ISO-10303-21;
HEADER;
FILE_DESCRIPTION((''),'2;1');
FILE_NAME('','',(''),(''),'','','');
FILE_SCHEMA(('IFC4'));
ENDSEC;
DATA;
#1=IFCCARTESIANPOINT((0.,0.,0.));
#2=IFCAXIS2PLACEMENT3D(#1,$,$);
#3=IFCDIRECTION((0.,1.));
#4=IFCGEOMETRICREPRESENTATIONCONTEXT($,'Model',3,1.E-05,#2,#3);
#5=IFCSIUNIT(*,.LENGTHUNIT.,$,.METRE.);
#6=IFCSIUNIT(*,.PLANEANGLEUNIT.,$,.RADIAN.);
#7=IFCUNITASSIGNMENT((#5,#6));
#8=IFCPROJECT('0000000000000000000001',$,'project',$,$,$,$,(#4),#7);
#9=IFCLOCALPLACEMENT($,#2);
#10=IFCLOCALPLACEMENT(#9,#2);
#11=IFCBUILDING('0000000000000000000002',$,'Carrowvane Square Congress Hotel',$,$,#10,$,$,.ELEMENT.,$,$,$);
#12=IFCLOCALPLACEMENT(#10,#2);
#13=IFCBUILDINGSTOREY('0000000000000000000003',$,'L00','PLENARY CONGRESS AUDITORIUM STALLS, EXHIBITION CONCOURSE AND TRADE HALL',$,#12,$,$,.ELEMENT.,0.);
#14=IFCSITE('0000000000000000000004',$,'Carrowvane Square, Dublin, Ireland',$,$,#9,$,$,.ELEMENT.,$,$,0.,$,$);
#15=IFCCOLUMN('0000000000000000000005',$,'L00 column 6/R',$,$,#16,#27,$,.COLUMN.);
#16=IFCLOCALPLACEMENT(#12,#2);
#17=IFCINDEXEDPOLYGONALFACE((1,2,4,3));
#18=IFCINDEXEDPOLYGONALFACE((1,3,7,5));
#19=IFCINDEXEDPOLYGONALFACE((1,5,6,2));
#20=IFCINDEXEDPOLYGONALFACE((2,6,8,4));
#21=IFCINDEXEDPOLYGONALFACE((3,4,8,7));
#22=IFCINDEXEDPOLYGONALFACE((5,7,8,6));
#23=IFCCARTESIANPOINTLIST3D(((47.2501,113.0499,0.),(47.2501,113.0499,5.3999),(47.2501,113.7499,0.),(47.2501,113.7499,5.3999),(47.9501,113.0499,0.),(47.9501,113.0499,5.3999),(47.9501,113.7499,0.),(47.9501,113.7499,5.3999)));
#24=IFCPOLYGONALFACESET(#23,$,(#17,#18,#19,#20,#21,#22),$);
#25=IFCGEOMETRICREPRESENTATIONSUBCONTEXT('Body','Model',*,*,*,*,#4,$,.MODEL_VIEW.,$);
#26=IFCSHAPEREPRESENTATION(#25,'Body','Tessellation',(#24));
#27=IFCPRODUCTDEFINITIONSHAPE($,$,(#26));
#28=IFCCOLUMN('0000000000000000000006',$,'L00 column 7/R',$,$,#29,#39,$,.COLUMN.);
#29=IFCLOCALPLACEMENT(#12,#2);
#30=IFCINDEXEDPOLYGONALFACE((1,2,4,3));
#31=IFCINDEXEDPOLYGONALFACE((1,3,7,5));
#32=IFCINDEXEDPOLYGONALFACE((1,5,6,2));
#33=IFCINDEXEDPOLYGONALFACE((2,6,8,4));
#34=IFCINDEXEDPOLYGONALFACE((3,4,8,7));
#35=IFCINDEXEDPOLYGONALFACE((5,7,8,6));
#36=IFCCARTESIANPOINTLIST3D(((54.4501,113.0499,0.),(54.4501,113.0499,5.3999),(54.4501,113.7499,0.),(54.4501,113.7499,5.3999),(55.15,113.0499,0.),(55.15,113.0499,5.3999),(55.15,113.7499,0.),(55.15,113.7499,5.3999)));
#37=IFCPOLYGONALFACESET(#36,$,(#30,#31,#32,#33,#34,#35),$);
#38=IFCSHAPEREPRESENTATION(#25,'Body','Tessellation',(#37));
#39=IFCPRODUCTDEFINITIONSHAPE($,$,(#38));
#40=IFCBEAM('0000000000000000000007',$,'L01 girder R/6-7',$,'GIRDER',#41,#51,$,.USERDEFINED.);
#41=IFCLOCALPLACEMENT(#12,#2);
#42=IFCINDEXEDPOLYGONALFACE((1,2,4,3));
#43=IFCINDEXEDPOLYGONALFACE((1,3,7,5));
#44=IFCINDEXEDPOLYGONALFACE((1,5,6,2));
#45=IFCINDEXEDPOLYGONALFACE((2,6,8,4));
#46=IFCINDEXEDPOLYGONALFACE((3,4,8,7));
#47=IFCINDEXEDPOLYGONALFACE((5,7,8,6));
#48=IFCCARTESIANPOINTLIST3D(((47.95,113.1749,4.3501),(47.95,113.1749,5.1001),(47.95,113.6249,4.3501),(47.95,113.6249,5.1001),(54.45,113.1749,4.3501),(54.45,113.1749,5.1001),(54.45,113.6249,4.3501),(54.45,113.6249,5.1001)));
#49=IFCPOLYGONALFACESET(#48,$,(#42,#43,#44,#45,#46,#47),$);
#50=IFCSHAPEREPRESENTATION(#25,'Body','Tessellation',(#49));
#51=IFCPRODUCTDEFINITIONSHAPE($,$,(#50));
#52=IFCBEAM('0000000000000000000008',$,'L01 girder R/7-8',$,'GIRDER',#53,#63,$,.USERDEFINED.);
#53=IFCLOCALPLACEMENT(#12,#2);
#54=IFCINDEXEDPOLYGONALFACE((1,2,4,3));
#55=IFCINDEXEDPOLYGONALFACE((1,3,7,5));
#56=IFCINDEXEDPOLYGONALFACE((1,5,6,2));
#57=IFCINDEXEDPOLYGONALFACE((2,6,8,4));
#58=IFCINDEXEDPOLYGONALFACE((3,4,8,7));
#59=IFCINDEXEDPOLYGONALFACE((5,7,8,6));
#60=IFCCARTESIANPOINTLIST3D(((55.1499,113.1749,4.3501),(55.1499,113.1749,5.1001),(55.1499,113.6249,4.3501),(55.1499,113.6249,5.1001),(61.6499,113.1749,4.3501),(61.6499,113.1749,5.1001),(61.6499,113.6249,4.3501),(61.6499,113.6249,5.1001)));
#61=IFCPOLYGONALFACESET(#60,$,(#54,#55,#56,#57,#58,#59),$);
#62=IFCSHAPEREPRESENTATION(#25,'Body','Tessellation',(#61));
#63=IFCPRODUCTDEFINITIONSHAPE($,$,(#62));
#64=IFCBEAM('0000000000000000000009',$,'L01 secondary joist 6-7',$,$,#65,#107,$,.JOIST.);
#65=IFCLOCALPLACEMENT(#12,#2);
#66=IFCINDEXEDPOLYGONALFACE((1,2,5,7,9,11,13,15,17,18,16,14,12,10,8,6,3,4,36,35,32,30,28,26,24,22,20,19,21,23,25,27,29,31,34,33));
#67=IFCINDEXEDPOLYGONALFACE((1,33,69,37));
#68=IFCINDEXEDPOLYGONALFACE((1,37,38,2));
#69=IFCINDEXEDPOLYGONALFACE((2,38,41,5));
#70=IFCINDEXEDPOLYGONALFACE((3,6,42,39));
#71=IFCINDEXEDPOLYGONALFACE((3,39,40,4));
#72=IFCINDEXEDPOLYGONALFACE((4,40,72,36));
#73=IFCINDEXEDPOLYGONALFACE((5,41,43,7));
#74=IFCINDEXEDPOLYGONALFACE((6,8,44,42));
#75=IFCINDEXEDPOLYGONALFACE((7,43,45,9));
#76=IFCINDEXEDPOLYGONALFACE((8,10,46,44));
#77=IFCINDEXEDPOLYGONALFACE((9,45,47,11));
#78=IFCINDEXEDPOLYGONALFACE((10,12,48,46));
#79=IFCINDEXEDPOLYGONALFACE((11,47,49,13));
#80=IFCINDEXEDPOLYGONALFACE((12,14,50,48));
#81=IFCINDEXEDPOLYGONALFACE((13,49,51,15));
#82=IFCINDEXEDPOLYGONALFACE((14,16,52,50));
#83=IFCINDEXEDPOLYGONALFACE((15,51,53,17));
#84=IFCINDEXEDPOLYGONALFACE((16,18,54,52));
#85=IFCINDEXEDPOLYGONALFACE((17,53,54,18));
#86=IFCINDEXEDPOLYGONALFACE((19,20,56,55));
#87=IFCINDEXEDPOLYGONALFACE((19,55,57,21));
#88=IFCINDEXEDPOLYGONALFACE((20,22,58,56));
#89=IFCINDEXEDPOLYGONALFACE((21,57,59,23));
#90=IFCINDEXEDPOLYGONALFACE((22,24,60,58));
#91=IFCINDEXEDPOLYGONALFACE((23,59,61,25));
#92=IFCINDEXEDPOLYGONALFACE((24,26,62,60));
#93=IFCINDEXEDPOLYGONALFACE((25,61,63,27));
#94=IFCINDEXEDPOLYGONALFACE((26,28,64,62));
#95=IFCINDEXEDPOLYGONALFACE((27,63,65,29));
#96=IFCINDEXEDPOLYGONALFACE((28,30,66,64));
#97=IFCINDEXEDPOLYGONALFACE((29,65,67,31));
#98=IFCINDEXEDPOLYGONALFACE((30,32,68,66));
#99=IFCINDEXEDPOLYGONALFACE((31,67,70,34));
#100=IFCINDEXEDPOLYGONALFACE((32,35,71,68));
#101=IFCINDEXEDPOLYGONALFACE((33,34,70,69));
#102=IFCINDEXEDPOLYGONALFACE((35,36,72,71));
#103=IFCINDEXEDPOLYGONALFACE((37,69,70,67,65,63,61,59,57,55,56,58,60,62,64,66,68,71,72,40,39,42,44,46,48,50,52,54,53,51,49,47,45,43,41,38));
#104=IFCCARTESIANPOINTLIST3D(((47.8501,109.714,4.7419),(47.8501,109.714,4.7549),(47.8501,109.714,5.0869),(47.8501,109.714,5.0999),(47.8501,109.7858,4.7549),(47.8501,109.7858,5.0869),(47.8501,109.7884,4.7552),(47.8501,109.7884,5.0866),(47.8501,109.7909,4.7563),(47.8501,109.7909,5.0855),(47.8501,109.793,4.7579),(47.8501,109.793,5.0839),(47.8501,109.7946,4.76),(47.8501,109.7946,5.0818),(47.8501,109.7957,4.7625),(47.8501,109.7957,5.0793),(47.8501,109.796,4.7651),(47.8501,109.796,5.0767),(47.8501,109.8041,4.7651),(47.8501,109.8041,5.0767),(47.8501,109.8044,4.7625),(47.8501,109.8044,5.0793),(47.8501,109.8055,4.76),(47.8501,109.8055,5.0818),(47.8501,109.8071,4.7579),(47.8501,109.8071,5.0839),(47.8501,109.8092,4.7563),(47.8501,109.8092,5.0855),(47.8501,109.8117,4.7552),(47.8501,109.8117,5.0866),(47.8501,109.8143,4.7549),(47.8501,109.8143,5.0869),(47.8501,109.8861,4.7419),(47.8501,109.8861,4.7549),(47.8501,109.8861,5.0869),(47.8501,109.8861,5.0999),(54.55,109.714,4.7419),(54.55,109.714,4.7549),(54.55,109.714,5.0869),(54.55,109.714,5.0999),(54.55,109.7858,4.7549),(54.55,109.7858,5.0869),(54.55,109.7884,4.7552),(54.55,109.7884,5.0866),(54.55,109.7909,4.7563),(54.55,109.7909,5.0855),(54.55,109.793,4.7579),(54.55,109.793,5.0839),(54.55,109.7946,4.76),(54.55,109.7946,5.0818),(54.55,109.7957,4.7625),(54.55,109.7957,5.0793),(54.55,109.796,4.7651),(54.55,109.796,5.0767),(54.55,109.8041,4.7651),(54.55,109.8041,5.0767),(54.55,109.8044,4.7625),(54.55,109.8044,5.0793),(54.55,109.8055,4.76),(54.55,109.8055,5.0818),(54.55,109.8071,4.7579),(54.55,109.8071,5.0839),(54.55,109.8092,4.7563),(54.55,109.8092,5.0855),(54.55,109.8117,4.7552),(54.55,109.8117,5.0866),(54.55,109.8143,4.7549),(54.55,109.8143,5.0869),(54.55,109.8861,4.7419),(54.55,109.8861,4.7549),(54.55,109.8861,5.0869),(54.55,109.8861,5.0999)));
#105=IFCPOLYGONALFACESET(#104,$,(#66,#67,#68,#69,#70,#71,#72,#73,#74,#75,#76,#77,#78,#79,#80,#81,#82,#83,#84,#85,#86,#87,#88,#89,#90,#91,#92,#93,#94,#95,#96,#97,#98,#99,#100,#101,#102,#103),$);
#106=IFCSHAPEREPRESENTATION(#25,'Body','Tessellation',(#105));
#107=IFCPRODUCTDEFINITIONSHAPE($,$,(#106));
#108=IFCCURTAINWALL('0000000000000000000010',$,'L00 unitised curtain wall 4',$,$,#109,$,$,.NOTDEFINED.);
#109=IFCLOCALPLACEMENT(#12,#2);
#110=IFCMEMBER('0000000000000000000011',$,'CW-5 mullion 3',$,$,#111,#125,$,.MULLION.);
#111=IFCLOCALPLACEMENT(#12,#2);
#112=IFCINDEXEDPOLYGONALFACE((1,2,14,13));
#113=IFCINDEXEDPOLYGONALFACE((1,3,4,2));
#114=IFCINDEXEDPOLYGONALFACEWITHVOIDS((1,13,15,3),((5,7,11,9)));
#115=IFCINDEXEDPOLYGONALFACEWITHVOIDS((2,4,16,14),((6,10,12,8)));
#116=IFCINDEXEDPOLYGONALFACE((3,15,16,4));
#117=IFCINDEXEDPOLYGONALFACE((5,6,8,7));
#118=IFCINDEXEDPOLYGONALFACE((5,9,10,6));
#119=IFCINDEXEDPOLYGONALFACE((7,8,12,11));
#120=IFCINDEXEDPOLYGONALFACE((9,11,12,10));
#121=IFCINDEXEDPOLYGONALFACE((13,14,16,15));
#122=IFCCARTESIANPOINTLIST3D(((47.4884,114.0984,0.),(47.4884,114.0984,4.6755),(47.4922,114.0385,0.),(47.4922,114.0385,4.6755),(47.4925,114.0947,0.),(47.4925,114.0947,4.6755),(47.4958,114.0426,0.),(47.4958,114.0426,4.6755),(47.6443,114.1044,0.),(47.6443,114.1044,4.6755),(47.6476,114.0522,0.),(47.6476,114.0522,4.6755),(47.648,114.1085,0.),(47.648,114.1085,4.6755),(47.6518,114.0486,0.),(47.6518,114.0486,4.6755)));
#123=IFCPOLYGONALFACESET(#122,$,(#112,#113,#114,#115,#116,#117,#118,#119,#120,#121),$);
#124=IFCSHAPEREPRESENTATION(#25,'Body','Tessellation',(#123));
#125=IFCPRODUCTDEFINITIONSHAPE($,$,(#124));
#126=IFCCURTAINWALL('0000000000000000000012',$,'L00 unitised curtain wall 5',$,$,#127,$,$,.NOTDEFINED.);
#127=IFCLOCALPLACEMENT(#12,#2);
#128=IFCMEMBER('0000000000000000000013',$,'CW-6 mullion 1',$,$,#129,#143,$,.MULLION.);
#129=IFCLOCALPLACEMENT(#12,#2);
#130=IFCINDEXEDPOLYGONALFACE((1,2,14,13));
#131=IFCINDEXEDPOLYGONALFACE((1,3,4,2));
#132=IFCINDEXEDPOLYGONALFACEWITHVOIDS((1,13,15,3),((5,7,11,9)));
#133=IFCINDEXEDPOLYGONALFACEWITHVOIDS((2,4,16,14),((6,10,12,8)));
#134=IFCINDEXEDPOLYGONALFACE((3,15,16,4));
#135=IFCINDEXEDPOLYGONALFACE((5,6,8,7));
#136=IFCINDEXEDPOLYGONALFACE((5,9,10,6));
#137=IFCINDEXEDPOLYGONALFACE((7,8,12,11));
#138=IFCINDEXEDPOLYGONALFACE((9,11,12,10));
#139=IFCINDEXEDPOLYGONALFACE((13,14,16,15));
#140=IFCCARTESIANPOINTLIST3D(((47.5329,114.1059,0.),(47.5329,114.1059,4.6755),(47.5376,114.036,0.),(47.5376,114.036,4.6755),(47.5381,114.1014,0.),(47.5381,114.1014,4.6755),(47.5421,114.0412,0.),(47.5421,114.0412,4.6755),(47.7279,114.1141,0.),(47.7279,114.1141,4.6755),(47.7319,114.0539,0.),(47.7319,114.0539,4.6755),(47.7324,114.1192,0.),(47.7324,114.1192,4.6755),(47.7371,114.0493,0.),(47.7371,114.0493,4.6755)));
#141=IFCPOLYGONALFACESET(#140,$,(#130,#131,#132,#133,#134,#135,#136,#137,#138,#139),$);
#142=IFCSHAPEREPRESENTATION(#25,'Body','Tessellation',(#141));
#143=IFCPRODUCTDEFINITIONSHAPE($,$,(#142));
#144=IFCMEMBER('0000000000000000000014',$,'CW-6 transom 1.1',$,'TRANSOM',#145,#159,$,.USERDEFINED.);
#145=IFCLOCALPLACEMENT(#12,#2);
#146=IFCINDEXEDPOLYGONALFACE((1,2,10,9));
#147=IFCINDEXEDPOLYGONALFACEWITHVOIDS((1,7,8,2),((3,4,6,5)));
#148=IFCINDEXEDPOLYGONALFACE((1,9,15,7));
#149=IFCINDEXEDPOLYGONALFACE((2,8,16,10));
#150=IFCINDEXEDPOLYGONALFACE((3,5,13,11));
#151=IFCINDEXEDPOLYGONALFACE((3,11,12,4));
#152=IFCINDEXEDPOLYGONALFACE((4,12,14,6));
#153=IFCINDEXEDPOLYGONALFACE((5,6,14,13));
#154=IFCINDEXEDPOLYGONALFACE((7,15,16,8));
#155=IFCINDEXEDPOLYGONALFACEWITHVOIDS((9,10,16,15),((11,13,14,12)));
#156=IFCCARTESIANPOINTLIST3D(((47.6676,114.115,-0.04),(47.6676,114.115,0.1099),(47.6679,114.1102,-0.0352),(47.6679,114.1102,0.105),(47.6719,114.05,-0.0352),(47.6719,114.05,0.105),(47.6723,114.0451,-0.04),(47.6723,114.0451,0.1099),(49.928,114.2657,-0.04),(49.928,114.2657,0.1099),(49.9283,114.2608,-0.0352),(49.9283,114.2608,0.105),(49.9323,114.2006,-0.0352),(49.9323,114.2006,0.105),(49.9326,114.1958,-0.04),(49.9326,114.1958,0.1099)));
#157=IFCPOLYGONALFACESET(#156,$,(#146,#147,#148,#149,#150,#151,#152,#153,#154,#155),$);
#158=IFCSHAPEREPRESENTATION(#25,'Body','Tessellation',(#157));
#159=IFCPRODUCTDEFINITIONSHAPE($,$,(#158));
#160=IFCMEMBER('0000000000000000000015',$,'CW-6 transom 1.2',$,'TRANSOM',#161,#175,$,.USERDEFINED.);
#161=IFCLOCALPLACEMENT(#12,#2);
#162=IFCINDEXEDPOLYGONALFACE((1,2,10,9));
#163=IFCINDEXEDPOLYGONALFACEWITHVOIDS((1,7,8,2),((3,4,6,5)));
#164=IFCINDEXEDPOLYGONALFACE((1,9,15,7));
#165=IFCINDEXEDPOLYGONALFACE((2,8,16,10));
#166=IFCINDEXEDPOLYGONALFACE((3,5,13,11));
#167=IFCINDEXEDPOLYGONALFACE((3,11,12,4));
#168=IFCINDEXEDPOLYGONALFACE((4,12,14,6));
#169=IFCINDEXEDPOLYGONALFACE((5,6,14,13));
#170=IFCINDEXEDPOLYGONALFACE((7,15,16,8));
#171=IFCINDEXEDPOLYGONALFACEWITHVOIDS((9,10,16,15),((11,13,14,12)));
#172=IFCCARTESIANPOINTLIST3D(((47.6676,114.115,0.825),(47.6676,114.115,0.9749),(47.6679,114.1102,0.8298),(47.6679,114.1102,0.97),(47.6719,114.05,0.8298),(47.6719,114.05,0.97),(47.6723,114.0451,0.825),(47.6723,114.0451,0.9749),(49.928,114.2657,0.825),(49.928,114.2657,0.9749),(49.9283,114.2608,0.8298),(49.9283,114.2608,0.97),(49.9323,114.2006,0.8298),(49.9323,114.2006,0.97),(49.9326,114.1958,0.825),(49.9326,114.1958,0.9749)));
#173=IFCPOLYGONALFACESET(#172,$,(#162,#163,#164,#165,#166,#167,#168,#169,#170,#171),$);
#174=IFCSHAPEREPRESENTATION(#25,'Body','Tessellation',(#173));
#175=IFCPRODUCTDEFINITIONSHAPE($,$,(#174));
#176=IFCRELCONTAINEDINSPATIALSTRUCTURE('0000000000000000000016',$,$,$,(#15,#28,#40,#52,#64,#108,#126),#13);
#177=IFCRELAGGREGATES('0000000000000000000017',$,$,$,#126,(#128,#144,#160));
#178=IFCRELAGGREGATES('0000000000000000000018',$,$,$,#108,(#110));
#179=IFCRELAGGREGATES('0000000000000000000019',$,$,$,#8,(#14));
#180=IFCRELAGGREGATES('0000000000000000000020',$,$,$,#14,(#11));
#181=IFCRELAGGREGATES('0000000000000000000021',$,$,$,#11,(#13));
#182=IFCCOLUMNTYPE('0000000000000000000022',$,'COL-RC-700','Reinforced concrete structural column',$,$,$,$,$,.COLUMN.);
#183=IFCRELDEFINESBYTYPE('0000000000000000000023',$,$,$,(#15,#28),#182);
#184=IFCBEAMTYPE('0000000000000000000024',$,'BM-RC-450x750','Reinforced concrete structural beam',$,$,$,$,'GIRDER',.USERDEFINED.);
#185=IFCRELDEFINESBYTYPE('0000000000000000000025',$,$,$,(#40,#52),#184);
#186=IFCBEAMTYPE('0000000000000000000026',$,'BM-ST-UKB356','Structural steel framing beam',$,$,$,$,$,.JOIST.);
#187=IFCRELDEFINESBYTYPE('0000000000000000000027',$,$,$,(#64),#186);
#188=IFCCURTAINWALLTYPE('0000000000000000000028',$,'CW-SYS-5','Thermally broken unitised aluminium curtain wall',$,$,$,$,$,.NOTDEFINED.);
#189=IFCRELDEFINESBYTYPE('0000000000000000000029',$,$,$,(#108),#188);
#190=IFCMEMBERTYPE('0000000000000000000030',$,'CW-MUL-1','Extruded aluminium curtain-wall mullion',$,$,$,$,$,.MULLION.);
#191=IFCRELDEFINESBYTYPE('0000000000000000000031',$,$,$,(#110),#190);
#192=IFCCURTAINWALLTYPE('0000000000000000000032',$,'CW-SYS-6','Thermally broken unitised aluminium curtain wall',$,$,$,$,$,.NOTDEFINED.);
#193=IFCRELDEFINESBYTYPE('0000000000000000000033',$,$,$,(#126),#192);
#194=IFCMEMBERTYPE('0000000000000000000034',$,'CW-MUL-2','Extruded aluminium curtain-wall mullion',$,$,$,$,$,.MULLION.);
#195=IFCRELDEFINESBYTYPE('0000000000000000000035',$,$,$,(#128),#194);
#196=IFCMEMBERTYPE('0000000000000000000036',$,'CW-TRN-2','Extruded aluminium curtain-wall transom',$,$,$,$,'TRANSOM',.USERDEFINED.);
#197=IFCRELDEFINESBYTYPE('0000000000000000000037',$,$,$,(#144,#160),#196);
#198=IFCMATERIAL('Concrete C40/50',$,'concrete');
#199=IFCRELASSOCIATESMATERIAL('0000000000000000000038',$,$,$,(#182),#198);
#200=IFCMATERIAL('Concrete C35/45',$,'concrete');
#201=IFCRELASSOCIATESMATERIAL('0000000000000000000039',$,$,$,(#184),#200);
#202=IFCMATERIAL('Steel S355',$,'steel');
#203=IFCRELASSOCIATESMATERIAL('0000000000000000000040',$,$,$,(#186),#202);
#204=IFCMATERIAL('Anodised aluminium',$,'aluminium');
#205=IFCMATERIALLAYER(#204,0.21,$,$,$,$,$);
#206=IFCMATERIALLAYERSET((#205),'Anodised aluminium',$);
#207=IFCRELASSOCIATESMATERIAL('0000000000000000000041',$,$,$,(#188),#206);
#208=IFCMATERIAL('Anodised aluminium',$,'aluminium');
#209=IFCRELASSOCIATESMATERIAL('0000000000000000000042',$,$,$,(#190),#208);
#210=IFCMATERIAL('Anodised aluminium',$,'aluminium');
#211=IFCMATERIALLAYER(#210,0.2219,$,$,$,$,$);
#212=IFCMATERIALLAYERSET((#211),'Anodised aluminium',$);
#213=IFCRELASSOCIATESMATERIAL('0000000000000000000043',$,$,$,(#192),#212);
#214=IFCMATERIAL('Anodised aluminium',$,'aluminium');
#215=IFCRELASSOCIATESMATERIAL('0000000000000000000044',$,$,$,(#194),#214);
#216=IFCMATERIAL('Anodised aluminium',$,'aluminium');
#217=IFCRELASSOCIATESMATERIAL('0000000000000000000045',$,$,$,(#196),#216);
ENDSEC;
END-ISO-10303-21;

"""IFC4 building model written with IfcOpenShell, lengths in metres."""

from ifc_helpers import new_model, si_unit, direction, frame, origin, origin_2d, place, context, subcontext, project, spatial, rectangle, hollow_rectangle, i_section, extrude, material, layer, layer_set, material_profile, profile_set, type_object, element, aggregate, save


model = new_model("IFC4")

# Units and contexts
model_context = context("Model", 3, precision=1e-05, world=origin(), true_north=direction((0.0, 1.0)))
body_context = subcontext(model_context, "Body", "Model", "MODEL_VIEW")
ifc_project = project(units=[si_unit("LENGTHUNIT", "METRE"), si_unit("PLANEANGLEUNIT", "RADIAN")], contexts=[model_context])

# Site, building, storey
site_placement = place(None, origin())
site = spatial("IfcSite", under=ifc_project, at=site_placement, Name="Carrowvane Square, Dublin, Ireland", CompositionType="ELEMENT", RefElevation=0.0)
building_placement = place(site_placement, origin())
building = spatial("IfcBuilding", under=site, at=building_placement, Name="Carrowvane Square Congress Hotel", CompositionType="ELEMENT")
storey_placement = place(building_placement, origin())
storey = spatial("IfcBuildingStorey", under=building, at=storey_placement, Name="L00", Description="PLENARY CONGRESS AUDITORIUM STALLS, EXHIBITION CONCOURSE AND TRADE HALL", CompositionType="ELEMENT", Elevation=0.0)

# Columns
ifc_material_1 = material(Name="Concrete C40/50", Category="concrete")
ifc_material_profile_1 = material_profile(ifc_material_1, rectangle(XDim=0.7, YDim=0.7, at=origin_2d()), Name="RC 700x700")
ifc_profile_set_1 = profile_set([ifc_material_profile_1], Name="Concrete C40/50")
column_type = type_object("IfcColumnType", Name="COL-RC-700", Description="Reinforced concrete structural column", PredefinedType="COLUMN", material=ifc_profile_set_1)
for number, where, z_axis, x_axis, name in (
    (1, (47.6001, 113.3999, 0.0), (0.0, 0.0, 1.0), (1.0, 0.0, 0.0), "L00 column 6/R"),
    (2, (54.8, 113.3999, 0.0), (0.0, 0.0, 1.0), (1.0, 0.0, 0.0), "L00 column 7/R"),
):
    element("IfcColumn", number, at=place(storey_placement, frame(where, z_axis=z_axis, x_axis=x_axis)), inside=storey, type_object=column_type, Name=name, PredefinedType="COLUMN", context=body_context, shape_type="SweptSolid", body=[
        extrude(rectangle(XDim=0.7, YDim=0.7, at=origin_2d()), origin(), (0.0, 0.0, 1.0), 5.3999),
    ])

# Beams
ifc_material_2 = material(Name="Concrete C35/45", Category="concrete")
ifc_material_profile_2 = material_profile(ifc_material_2, rectangle(XDim=0.45, YDim=0.75, at=origin_2d()), Name="RC 450x750")
ifc_profile_set_2 = profile_set([ifc_material_profile_2], Name="Concrete C35/45")
beam_type_1 = type_object("IfcBeamType", Name="BM-RC-450x750", Description="Reinforced concrete structural beam", ElementType="GIRDER", PredefinedType="USERDEFINED", material=ifc_profile_set_2)
for number, where, z_axis, x_axis, name in (
    (3, (47.95, 113.3999, 4.7251), (1.0, 0.0, 0.0), (0.0, 1.0, 0.0), "L01 girder R/6-7"),
    (4, (55.1499, 113.3999, 4.7251), (1.0, 0.0, 0.0), (0.0, 1.0, 0.0), "L01 girder R/7-8"),
):
    element("IfcBeam", number, at=place(storey_placement, frame(where, z_axis=z_axis, x_axis=x_axis)), inside=storey, type_object=beam_type_1, Name=name, ObjectType="GIRDER", PredefinedType="USERDEFINED", context=body_context, shape_type="SweptSolid", body=[
        extrude(rectangle(XDim=0.45, YDim=0.75, at=origin_2d()), origin(), (0.0, 0.0, 1.0), 6.5),
    ])
ifc_material_3 = material(Name="Steel S355", Category="steel")
ifc_material_profile_3 = material_profile(ifc_material_3, i_section(OverallWidth=0.1721, OverallDepth=0.3579, WebThickness=0.0081, FlangeThickness=0.0129, FilletRadius=0.0103, at=origin_2d()), Name="UKB 356x171x57")
ifc_profile_set_3 = profile_set([ifc_material_profile_3], Name="Steel S355")
beam_type_2 = type_object("IfcBeamType", Name="BM-ST-UKB356", Description="Structural steel framing beam", PredefinedType="JOIST", material=ifc_profile_set_3)
beam_placement = place(storey_placement, frame((47.8501, 109.8, 4.9209), z_axis=(1.0, 0.0, 0.0), x_axis=(0.0, 1.0, 0.0)))
element("IfcBeam", 5, at=beam_placement, inside=storey, type_object=beam_type_2, Name="L01 secondary joist 6-7", PredefinedType="JOIST", context=body_context, shape_type="SweptSolid", body=[
    extrude(i_section(OverallWidth=0.1721, OverallDepth=0.3579, WebThickness=0.0081, FlangeThickness=0.0129, FilletRadius=0.0103, at=origin_2d()), origin(), (0.0, 0.0, 1.0), 6.7),
])

# Curtain wall, member
ifc_material_4 = material(Name="Anodised aluminium", Category="aluminium")
ifc_layer_1 = layer(ifc_material_4, 0.21)
ifc_layer_set_1 = layer_set([ifc_layer_1], Name="Anodised aluminium")
curtain_wall_type_1 = type_object("IfcCurtainWallType", Name="CW-SYS-5", Description="Thermally broken unitised aluminium curtain wall", PredefinedType="NOTDEFINED", material=ifc_layer_set_1)
curtain_wall_1_placement = place(storey_placement, origin())
curtain_wall_1 = element("IfcCurtainWall", 6, at=curtain_wall_1_placement, inside=storey, type_object=curtain_wall_type_1, Name="L00 unitised curtain wall 4", PredefinedType="NOTDEFINED")
ifc_material_5 = material(Name="Anodised aluminium", Category="aluminium")
ifc_material_profile_4 = material_profile(ifc_material_5, hollow_rectangle(XDim=0.0601, YDim=0.1599, WallThickness=0.0039, at=origin_2d()), Name="CW-ML 60x160x4")
ifc_profile_set_4 = profile_set([ifc_material_profile_4], Name="Anodised aluminium")
member_type_1 = type_object("IfcMemberType", Name="CW-MUL-1", Description="Extruded aluminium curtain-wall mullion", PredefinedType="MULLION", material=ifc_profile_set_4)
member_1_placement = place(storey_placement, frame((47.5701, 114.0735, 0.0), z_axis=(0.0, 0.0, 1.0), x_axis=(-0.063273, 0.997996, 0.0)))
member_1 = element("IfcMember", 7, at=member_1_placement, type_object=member_type_1, Name="CW-5 mullion 3", PredefinedType="MULLION", context=body_context, shape_type="SweptSolid", body=[
    extrude(hollow_rectangle(XDim=0.0601, YDim=0.1599, WallThickness=0.0039, at=origin_2d()), origin(), (0.0, 0.0, 1.0), 4.6755),
])

# Curtain wall, members
ifc_material_6 = material(Name="Anodised aluminium", Category="aluminium")
ifc_layer_2 = layer(ifc_material_6, 0.2219)
ifc_layer_set_2 = layer_set([ifc_layer_2], Name="Anodised aluminium")
curtain_wall_type_2 = type_object("IfcCurtainWallType", Name="CW-SYS-6", Description="Thermally broken unitised aluminium curtain wall", PredefinedType="NOTDEFINED", material=ifc_layer_set_2)
curtain_wall_2_placement = place(storey_placement, origin())
curtain_wall_2 = element("IfcCurtainWall", 8, at=curtain_wall_2_placement, inside=storey, type_object=curtain_wall_type_2, Name="L00 unitised curtain wall 5", PredefinedType="NOTDEFINED")
ifc_material_7 = material(Name="Anodised aluminium", Category="aluminium")
ifc_material_profile_5 = material_profile(ifc_material_7, hollow_rectangle(XDim=0.0701, YDim=0.2, WallThickness=0.0049, at=origin_2d()), Name="CW-ML 70x200x5")
ifc_profile_set_5 = profile_set([ifc_material_profile_5], Name="Anodised aluminium")
member_type_2 = type_object("IfcMemberType", Name="CW-MUL-2", Description="Extruded aluminium curtain-wall mullion", PredefinedType="MULLION", material=ifc_profile_set_5)
member_2_placement = place(storey_placement, frame((47.635, 114.0776, 0.0), z_axis=(0.0, 0.0, 1.0), x_axis=(-0.066578, 0.997781, 0.0)))
member_2 = element("IfcMember", 9, at=member_2_placement, type_object=member_type_2, Name="CW-6 mullion 1", PredefinedType="MULLION", context=body_context, shape_type="SweptSolid", body=[
    extrude(hollow_rectangle(XDim=0.0701, YDim=0.2, WallThickness=0.0049, at=origin_2d()), origin(), (0.0, 0.0, 1.0), 4.6755),
])
ifc_material_8 = material(Name="Anodised aluminium", Category="aluminium")
ifc_material_profile_6 = material_profile(ifc_material_8, hollow_rectangle(XDim=0.0701, YDim=0.1499, WallThickness=0.0049, at=origin_2d()), Name="CW-TR 70x150x5")
ifc_profile_set_6 = profile_set([ifc_material_profile_6], Name="Anodised aluminium")
member_type_3 = type_object("IfcMemberType", Name="CW-TRN-2", Description="Extruded aluminium curtain-wall transom", ElementType="TRANSOM", PredefinedType="USERDEFINED", material=ifc_profile_set_6)
member_3_placement = place(storey_placement, frame((47.6699, 114.0801, 0.0349), z_axis=(0.997787, 0.066498, 0.0), x_axis=(-0.066498, 0.997787, 0.0)))
member_3 = element("IfcMember", 10, at=member_3_placement, type_object=member_type_3, Name="CW-6 transom 1.1", ObjectType="TRANSOM", PredefinedType="USERDEFINED", context=body_context, shape_type="SweptSolid", body=[
    extrude(hollow_rectangle(XDim=0.0701, YDim=0.1499, WallThickness=0.0049, at=origin_2d()), origin(), (0.0, 0.0, 1.0), 2.2654),
])
member_4_placement = place(storey_placement, frame((47.6699, 114.0801, 0.8999), z_axis=(0.997787, 0.066498, 0.0), x_axis=(-0.066498, 0.997787, 0.0)))
member_4 = element("IfcMember", 11, at=member_4_placement, type_object=member_type_3, Name="CW-6 transom 1.2", ObjectType="TRANSOM", PredefinedType="USERDEFINED", context=body_context, shape_type="SweptSolid", body=[
    extrude(hollow_rectangle(XDim=0.0701, YDim=0.1499, WallThickness=0.0049, at=origin_2d()), origin(), (0.0, 0.0, 1.0), 2.2654),
])
aggregate(curtain_wall_2, [member_2, member_3, member_4])

aggregate(curtain_wall_1, [member_1])

save(model, "model.ifc")
